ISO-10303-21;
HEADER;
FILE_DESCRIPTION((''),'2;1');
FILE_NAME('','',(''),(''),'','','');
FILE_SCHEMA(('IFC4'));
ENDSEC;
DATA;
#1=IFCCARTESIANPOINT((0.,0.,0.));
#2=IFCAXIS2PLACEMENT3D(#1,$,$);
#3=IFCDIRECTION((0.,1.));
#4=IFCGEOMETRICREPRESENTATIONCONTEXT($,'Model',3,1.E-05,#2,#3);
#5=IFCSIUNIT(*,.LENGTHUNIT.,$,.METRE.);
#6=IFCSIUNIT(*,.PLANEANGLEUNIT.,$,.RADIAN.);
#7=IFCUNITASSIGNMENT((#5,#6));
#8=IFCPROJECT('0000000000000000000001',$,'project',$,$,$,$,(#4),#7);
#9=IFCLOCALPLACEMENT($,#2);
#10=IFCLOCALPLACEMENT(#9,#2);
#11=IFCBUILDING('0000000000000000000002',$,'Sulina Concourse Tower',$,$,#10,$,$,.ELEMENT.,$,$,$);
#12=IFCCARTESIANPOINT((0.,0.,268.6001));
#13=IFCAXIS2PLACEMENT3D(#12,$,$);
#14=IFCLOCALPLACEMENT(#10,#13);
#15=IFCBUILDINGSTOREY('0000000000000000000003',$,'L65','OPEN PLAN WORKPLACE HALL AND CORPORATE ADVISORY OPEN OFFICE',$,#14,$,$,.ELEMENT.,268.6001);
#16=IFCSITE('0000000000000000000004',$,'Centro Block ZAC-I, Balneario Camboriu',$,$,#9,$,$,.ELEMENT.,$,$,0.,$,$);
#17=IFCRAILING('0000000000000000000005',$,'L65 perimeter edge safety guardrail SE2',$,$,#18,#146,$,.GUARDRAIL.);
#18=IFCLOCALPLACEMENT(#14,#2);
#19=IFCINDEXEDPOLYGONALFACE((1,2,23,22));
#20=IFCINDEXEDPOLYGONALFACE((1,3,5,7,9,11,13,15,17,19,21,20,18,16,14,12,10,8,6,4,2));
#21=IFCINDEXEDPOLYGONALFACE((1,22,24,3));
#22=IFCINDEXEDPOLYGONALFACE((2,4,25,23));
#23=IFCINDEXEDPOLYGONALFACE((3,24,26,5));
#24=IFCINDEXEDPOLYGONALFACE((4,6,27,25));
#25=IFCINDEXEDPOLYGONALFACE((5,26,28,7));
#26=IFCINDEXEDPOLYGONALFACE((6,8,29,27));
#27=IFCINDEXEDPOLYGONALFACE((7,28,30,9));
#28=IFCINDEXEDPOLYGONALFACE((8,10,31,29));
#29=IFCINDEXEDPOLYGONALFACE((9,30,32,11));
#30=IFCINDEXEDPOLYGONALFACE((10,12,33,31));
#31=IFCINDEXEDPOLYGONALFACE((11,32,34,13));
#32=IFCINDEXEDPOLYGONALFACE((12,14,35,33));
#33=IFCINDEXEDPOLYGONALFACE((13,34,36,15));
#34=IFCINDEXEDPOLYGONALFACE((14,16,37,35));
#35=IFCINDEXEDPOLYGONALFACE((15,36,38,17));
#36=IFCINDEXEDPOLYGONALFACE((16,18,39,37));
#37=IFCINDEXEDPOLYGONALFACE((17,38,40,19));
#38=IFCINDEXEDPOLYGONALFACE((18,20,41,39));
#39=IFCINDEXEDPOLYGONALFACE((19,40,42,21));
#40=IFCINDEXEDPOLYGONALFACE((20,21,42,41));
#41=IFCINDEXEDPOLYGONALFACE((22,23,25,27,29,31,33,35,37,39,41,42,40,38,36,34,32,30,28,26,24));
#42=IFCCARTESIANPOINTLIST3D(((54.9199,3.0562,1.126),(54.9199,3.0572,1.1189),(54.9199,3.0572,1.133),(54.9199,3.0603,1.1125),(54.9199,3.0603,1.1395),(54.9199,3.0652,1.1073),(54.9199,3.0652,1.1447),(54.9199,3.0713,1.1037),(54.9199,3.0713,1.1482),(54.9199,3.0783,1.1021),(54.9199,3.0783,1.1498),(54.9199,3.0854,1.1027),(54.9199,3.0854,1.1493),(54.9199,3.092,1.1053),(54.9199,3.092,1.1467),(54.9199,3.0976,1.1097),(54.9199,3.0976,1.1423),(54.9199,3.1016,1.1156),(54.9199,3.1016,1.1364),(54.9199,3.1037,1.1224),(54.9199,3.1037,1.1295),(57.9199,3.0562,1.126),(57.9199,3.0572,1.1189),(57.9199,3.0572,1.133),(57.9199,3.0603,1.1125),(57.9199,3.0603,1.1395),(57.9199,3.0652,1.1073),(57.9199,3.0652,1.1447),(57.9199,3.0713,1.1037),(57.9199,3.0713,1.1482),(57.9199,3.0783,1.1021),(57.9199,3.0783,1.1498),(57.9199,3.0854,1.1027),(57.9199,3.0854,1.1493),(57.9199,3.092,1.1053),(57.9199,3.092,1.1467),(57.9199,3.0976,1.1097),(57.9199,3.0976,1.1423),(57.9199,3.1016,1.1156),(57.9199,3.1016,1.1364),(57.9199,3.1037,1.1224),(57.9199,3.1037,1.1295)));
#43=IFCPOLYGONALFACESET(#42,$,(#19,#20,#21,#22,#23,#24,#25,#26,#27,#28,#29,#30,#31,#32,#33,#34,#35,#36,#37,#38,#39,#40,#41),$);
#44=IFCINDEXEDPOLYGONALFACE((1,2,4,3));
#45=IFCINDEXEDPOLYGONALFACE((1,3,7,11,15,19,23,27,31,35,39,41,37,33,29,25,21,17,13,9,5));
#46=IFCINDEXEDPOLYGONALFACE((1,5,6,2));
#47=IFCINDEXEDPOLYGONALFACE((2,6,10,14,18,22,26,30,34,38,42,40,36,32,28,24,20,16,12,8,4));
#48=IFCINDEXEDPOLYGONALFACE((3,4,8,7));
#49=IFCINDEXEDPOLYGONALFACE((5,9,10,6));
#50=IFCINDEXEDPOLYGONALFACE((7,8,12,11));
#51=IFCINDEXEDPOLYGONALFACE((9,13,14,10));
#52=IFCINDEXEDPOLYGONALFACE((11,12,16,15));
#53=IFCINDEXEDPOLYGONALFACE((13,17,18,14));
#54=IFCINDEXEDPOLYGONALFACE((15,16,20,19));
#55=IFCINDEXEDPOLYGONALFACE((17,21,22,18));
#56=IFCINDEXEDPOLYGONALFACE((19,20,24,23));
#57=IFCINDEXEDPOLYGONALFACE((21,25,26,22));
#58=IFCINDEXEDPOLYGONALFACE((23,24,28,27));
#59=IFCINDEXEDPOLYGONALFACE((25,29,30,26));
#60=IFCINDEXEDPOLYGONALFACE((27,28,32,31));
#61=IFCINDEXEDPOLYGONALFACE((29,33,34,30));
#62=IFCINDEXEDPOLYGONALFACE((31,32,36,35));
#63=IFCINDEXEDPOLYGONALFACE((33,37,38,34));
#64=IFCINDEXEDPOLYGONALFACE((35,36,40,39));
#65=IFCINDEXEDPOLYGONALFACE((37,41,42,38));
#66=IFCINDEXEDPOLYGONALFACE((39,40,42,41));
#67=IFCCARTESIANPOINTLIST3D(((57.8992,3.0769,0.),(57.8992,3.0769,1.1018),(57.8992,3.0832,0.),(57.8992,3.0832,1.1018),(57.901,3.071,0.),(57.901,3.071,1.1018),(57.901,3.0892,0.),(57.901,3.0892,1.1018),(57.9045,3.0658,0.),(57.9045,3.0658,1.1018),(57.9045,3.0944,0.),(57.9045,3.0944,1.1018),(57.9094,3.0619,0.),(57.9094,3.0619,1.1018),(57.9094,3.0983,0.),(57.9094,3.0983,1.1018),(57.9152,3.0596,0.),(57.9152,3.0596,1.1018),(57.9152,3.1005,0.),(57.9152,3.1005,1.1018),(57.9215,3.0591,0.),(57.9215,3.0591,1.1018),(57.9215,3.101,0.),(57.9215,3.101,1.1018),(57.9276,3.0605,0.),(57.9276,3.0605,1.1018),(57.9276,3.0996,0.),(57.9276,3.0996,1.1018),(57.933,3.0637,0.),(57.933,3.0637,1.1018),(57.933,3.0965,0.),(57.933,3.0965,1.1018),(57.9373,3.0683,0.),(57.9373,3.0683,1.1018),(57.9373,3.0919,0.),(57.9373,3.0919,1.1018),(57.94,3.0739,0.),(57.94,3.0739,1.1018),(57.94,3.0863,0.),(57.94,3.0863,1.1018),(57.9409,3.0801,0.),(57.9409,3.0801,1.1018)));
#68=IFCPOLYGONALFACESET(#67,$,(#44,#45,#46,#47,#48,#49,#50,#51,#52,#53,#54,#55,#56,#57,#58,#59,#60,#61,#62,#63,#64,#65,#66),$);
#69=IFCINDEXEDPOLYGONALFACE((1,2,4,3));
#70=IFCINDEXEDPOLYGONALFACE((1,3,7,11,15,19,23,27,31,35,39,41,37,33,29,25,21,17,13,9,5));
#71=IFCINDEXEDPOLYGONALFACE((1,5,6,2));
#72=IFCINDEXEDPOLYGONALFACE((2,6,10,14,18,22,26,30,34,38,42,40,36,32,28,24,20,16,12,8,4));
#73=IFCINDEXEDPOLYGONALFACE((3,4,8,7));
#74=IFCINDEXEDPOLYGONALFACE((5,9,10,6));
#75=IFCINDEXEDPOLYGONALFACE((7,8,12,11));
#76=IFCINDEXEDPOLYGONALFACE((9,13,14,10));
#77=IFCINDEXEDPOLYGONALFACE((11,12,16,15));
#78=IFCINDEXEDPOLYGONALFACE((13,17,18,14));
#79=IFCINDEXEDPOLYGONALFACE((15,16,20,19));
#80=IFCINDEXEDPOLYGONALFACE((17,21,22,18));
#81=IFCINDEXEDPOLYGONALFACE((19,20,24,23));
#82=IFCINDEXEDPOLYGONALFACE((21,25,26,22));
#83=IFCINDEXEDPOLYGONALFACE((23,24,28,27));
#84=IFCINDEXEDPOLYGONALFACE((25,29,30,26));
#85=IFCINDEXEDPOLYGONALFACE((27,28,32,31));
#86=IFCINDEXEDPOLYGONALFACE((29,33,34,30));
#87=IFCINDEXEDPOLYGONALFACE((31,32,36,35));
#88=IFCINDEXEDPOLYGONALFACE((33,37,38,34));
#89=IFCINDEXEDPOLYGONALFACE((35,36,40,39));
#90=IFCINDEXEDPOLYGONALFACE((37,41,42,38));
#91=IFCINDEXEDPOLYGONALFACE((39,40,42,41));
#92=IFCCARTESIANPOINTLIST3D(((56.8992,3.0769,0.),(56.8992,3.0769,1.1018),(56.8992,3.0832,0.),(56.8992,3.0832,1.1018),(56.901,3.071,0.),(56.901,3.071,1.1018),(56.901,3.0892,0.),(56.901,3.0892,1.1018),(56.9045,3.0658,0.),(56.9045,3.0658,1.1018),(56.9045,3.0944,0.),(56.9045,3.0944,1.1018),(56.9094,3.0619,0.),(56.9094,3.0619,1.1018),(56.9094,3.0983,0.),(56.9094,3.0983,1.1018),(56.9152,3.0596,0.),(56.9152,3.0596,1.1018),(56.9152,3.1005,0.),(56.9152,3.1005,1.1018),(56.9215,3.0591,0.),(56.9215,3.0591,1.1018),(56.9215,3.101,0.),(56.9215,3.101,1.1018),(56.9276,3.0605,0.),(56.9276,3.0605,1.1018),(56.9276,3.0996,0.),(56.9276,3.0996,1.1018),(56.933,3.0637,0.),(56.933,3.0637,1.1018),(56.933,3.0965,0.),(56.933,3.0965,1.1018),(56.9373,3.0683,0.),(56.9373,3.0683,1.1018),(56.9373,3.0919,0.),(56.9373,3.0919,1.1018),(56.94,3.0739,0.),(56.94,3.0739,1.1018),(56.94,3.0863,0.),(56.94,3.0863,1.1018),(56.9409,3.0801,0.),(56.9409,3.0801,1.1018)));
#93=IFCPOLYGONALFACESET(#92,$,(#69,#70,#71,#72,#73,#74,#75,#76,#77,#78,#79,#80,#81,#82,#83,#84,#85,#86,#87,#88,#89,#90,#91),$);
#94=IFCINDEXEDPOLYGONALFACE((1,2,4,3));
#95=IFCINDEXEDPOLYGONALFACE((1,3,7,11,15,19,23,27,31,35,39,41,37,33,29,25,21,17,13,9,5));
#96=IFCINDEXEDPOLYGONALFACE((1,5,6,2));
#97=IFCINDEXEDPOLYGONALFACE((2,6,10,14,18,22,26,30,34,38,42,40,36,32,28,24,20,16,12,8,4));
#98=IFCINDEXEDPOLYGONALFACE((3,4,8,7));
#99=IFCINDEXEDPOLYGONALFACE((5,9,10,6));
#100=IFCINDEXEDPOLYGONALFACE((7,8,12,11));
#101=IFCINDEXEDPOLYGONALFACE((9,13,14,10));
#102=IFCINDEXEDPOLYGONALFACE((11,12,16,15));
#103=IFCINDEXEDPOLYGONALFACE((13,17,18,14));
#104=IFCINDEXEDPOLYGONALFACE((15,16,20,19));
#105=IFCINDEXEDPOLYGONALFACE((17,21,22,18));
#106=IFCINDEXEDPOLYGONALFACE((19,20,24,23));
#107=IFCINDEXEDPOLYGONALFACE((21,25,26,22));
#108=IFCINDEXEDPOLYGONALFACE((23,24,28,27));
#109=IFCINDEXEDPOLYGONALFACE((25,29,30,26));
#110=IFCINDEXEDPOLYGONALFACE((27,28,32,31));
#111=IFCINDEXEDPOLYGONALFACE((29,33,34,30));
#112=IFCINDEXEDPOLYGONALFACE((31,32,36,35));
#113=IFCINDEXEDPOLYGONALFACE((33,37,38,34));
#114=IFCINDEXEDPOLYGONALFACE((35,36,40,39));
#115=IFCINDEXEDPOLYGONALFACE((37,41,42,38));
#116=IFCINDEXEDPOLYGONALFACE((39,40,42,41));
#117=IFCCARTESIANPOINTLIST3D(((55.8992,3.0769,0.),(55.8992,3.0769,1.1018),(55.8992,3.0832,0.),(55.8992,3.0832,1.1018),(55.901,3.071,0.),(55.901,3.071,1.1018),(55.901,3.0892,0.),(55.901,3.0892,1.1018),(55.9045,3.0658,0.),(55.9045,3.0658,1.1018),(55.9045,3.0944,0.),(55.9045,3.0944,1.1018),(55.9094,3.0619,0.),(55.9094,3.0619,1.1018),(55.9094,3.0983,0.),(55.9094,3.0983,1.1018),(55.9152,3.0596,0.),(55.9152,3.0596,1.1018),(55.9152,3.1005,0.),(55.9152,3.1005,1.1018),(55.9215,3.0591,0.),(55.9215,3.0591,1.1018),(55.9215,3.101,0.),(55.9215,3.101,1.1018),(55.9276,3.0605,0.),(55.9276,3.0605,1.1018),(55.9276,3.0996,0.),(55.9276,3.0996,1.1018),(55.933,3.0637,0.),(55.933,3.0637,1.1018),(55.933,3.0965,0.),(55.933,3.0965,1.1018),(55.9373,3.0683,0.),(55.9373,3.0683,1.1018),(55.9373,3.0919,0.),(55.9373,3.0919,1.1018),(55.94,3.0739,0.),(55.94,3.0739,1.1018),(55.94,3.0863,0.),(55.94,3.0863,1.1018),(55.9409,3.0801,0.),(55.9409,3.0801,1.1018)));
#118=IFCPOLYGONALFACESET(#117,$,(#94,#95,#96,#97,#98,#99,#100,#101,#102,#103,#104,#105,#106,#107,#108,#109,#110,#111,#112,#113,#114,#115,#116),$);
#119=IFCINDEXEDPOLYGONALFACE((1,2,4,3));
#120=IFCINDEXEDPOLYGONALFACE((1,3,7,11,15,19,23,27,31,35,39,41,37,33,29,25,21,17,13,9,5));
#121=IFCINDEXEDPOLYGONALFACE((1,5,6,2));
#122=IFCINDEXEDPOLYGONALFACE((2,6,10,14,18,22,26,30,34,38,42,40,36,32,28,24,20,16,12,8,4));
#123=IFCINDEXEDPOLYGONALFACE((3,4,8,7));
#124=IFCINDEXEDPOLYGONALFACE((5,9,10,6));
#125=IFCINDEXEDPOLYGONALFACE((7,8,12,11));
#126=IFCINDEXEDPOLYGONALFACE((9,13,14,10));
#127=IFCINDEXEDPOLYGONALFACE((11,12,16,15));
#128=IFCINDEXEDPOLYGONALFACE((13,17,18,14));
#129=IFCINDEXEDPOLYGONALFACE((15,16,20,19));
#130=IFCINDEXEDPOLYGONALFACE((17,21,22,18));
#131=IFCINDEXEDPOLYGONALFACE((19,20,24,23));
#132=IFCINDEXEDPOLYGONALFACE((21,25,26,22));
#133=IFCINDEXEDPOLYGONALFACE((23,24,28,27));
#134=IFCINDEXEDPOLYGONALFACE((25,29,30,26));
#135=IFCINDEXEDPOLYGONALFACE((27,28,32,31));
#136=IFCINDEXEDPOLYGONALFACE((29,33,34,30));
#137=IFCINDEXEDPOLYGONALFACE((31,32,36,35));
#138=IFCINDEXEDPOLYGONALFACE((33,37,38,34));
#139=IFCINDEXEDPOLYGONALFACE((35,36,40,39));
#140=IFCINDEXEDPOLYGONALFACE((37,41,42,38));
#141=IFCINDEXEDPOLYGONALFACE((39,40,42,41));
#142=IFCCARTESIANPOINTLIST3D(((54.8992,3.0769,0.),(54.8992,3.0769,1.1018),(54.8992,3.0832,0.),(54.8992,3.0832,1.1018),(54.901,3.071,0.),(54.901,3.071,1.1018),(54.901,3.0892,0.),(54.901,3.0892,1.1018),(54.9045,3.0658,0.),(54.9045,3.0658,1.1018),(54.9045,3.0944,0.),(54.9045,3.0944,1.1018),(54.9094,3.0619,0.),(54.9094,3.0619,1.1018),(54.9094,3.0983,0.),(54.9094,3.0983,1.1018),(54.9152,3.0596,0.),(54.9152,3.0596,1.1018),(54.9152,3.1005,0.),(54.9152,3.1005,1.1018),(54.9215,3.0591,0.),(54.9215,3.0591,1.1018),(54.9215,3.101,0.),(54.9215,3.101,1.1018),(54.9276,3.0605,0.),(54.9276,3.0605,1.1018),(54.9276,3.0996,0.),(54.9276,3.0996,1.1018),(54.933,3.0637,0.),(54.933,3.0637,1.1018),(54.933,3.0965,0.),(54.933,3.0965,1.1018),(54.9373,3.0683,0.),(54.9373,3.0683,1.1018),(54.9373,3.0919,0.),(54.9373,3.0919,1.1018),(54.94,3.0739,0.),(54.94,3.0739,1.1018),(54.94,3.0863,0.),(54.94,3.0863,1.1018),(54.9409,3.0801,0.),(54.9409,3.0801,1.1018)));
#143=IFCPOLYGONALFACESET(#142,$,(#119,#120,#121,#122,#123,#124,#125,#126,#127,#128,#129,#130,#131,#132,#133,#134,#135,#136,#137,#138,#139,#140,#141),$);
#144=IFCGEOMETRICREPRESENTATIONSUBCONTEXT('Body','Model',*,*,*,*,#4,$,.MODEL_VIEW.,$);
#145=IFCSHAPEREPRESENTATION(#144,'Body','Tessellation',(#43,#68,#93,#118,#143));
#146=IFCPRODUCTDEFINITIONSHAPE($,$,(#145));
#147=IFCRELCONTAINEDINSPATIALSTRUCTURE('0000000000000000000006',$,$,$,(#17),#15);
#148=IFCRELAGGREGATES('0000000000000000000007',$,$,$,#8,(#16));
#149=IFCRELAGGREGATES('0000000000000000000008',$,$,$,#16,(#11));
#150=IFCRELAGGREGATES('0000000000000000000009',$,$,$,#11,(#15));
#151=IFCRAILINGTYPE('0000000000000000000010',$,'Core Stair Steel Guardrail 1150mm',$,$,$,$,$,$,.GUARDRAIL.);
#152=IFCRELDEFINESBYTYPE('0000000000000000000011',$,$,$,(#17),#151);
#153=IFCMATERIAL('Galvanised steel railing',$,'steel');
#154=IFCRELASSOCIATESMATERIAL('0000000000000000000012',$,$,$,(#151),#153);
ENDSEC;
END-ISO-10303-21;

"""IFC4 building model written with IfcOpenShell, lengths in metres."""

from ifc_helpers import new_model, si_unit, direction, frame, origin, origin_2d, place, context, subcontext, project, spatial, circle, extrude, material, type_object, element, save


model = new_model("IFC4")

# Units and contexts
model_context = context("Model", 3, precision=1e-05, world=origin(), true_north=direction((0.0, 1.0)))
body_context = subcontext(model_context, "Body", "Model", "MODEL_VIEW")
ifc_project = project(units=[si_unit("LENGTHUNIT", "METRE"), si_unit("PLANEANGLEUNIT", "RADIAN")], contexts=[model_context])

# Site, building, storey
site_placement = place(None, origin())
site = spatial("IfcSite", under=ifc_project, at=site_placement, Name="Centro Block ZAC-I, Balneario Camboriu", CompositionType="ELEMENT", RefElevation=0.0)
building_placement = place(site_placement, origin())
building = spatial("IfcBuilding", under=site, at=building_placement, Name="Sulina Concourse Tower", CompositionType="ELEMENT")
storey_placement = place(building_placement, frame((0.0, 0.0, 268.6001)))
storey = spatial("IfcBuildingStorey", under=building, at=storey_placement, Name="L65", Description="OPEN PLAN WORKPLACE HALL AND CORPORATE ADVISORY OPEN OFFICE", CompositionType="ELEMENT", Elevation=268.6001)

# Railing
ifc_material_1 = material(Name="Galvanised steel railing", Category="steel")
railing_type = type_object("IfcRailingType", Name="Core Stair Steel Guardrail 1150mm", PredefinedType="GUARDRAIL", material=ifc_material_1)
railing_1_placement = place(storey_placement, frame((57.9199, 3.0801, 0.0)))
element("IfcRailing", 1, at=railing_1_placement, inside=storey, type_object=railing_type, Name="L65 perimeter edge safety guardrail SE2", PredefinedType="GUARDRAIL", context=body_context, shape_type="SweptSolid", body=[
    extrude(circle(Radius=0.0239, at=origin_2d()), frame((0.0, 0.0, 1.126), z_axis=(-1.0, 0.0, 0.0), x_axis=(0.0, -1.0, 0.0)), (0.0, 0.0, 1.0), 3.0),
    extrude(circle(Radius=0.021, at=origin_2d()), origin(), (0.0, 0.0, 1.0), 1.1018),
    extrude(circle(Radius=0.021, at=origin_2d()), frame((-1.0, 0.0, 0.0)), (0.0, 0.0, 1.0), 1.1018),
    extrude(circle(Radius=0.021, at=origin_2d()), frame((-2.0, 0.0, 0.0)), (0.0, 0.0, 1.0), 1.1018),
    extrude(circle(Radius=0.021, at=origin_2d()), frame((-3.0, 0.0, 0.0)), (0.0, 0.0, 1.0), 1.1018),
])

save(model, "model.ifc")
